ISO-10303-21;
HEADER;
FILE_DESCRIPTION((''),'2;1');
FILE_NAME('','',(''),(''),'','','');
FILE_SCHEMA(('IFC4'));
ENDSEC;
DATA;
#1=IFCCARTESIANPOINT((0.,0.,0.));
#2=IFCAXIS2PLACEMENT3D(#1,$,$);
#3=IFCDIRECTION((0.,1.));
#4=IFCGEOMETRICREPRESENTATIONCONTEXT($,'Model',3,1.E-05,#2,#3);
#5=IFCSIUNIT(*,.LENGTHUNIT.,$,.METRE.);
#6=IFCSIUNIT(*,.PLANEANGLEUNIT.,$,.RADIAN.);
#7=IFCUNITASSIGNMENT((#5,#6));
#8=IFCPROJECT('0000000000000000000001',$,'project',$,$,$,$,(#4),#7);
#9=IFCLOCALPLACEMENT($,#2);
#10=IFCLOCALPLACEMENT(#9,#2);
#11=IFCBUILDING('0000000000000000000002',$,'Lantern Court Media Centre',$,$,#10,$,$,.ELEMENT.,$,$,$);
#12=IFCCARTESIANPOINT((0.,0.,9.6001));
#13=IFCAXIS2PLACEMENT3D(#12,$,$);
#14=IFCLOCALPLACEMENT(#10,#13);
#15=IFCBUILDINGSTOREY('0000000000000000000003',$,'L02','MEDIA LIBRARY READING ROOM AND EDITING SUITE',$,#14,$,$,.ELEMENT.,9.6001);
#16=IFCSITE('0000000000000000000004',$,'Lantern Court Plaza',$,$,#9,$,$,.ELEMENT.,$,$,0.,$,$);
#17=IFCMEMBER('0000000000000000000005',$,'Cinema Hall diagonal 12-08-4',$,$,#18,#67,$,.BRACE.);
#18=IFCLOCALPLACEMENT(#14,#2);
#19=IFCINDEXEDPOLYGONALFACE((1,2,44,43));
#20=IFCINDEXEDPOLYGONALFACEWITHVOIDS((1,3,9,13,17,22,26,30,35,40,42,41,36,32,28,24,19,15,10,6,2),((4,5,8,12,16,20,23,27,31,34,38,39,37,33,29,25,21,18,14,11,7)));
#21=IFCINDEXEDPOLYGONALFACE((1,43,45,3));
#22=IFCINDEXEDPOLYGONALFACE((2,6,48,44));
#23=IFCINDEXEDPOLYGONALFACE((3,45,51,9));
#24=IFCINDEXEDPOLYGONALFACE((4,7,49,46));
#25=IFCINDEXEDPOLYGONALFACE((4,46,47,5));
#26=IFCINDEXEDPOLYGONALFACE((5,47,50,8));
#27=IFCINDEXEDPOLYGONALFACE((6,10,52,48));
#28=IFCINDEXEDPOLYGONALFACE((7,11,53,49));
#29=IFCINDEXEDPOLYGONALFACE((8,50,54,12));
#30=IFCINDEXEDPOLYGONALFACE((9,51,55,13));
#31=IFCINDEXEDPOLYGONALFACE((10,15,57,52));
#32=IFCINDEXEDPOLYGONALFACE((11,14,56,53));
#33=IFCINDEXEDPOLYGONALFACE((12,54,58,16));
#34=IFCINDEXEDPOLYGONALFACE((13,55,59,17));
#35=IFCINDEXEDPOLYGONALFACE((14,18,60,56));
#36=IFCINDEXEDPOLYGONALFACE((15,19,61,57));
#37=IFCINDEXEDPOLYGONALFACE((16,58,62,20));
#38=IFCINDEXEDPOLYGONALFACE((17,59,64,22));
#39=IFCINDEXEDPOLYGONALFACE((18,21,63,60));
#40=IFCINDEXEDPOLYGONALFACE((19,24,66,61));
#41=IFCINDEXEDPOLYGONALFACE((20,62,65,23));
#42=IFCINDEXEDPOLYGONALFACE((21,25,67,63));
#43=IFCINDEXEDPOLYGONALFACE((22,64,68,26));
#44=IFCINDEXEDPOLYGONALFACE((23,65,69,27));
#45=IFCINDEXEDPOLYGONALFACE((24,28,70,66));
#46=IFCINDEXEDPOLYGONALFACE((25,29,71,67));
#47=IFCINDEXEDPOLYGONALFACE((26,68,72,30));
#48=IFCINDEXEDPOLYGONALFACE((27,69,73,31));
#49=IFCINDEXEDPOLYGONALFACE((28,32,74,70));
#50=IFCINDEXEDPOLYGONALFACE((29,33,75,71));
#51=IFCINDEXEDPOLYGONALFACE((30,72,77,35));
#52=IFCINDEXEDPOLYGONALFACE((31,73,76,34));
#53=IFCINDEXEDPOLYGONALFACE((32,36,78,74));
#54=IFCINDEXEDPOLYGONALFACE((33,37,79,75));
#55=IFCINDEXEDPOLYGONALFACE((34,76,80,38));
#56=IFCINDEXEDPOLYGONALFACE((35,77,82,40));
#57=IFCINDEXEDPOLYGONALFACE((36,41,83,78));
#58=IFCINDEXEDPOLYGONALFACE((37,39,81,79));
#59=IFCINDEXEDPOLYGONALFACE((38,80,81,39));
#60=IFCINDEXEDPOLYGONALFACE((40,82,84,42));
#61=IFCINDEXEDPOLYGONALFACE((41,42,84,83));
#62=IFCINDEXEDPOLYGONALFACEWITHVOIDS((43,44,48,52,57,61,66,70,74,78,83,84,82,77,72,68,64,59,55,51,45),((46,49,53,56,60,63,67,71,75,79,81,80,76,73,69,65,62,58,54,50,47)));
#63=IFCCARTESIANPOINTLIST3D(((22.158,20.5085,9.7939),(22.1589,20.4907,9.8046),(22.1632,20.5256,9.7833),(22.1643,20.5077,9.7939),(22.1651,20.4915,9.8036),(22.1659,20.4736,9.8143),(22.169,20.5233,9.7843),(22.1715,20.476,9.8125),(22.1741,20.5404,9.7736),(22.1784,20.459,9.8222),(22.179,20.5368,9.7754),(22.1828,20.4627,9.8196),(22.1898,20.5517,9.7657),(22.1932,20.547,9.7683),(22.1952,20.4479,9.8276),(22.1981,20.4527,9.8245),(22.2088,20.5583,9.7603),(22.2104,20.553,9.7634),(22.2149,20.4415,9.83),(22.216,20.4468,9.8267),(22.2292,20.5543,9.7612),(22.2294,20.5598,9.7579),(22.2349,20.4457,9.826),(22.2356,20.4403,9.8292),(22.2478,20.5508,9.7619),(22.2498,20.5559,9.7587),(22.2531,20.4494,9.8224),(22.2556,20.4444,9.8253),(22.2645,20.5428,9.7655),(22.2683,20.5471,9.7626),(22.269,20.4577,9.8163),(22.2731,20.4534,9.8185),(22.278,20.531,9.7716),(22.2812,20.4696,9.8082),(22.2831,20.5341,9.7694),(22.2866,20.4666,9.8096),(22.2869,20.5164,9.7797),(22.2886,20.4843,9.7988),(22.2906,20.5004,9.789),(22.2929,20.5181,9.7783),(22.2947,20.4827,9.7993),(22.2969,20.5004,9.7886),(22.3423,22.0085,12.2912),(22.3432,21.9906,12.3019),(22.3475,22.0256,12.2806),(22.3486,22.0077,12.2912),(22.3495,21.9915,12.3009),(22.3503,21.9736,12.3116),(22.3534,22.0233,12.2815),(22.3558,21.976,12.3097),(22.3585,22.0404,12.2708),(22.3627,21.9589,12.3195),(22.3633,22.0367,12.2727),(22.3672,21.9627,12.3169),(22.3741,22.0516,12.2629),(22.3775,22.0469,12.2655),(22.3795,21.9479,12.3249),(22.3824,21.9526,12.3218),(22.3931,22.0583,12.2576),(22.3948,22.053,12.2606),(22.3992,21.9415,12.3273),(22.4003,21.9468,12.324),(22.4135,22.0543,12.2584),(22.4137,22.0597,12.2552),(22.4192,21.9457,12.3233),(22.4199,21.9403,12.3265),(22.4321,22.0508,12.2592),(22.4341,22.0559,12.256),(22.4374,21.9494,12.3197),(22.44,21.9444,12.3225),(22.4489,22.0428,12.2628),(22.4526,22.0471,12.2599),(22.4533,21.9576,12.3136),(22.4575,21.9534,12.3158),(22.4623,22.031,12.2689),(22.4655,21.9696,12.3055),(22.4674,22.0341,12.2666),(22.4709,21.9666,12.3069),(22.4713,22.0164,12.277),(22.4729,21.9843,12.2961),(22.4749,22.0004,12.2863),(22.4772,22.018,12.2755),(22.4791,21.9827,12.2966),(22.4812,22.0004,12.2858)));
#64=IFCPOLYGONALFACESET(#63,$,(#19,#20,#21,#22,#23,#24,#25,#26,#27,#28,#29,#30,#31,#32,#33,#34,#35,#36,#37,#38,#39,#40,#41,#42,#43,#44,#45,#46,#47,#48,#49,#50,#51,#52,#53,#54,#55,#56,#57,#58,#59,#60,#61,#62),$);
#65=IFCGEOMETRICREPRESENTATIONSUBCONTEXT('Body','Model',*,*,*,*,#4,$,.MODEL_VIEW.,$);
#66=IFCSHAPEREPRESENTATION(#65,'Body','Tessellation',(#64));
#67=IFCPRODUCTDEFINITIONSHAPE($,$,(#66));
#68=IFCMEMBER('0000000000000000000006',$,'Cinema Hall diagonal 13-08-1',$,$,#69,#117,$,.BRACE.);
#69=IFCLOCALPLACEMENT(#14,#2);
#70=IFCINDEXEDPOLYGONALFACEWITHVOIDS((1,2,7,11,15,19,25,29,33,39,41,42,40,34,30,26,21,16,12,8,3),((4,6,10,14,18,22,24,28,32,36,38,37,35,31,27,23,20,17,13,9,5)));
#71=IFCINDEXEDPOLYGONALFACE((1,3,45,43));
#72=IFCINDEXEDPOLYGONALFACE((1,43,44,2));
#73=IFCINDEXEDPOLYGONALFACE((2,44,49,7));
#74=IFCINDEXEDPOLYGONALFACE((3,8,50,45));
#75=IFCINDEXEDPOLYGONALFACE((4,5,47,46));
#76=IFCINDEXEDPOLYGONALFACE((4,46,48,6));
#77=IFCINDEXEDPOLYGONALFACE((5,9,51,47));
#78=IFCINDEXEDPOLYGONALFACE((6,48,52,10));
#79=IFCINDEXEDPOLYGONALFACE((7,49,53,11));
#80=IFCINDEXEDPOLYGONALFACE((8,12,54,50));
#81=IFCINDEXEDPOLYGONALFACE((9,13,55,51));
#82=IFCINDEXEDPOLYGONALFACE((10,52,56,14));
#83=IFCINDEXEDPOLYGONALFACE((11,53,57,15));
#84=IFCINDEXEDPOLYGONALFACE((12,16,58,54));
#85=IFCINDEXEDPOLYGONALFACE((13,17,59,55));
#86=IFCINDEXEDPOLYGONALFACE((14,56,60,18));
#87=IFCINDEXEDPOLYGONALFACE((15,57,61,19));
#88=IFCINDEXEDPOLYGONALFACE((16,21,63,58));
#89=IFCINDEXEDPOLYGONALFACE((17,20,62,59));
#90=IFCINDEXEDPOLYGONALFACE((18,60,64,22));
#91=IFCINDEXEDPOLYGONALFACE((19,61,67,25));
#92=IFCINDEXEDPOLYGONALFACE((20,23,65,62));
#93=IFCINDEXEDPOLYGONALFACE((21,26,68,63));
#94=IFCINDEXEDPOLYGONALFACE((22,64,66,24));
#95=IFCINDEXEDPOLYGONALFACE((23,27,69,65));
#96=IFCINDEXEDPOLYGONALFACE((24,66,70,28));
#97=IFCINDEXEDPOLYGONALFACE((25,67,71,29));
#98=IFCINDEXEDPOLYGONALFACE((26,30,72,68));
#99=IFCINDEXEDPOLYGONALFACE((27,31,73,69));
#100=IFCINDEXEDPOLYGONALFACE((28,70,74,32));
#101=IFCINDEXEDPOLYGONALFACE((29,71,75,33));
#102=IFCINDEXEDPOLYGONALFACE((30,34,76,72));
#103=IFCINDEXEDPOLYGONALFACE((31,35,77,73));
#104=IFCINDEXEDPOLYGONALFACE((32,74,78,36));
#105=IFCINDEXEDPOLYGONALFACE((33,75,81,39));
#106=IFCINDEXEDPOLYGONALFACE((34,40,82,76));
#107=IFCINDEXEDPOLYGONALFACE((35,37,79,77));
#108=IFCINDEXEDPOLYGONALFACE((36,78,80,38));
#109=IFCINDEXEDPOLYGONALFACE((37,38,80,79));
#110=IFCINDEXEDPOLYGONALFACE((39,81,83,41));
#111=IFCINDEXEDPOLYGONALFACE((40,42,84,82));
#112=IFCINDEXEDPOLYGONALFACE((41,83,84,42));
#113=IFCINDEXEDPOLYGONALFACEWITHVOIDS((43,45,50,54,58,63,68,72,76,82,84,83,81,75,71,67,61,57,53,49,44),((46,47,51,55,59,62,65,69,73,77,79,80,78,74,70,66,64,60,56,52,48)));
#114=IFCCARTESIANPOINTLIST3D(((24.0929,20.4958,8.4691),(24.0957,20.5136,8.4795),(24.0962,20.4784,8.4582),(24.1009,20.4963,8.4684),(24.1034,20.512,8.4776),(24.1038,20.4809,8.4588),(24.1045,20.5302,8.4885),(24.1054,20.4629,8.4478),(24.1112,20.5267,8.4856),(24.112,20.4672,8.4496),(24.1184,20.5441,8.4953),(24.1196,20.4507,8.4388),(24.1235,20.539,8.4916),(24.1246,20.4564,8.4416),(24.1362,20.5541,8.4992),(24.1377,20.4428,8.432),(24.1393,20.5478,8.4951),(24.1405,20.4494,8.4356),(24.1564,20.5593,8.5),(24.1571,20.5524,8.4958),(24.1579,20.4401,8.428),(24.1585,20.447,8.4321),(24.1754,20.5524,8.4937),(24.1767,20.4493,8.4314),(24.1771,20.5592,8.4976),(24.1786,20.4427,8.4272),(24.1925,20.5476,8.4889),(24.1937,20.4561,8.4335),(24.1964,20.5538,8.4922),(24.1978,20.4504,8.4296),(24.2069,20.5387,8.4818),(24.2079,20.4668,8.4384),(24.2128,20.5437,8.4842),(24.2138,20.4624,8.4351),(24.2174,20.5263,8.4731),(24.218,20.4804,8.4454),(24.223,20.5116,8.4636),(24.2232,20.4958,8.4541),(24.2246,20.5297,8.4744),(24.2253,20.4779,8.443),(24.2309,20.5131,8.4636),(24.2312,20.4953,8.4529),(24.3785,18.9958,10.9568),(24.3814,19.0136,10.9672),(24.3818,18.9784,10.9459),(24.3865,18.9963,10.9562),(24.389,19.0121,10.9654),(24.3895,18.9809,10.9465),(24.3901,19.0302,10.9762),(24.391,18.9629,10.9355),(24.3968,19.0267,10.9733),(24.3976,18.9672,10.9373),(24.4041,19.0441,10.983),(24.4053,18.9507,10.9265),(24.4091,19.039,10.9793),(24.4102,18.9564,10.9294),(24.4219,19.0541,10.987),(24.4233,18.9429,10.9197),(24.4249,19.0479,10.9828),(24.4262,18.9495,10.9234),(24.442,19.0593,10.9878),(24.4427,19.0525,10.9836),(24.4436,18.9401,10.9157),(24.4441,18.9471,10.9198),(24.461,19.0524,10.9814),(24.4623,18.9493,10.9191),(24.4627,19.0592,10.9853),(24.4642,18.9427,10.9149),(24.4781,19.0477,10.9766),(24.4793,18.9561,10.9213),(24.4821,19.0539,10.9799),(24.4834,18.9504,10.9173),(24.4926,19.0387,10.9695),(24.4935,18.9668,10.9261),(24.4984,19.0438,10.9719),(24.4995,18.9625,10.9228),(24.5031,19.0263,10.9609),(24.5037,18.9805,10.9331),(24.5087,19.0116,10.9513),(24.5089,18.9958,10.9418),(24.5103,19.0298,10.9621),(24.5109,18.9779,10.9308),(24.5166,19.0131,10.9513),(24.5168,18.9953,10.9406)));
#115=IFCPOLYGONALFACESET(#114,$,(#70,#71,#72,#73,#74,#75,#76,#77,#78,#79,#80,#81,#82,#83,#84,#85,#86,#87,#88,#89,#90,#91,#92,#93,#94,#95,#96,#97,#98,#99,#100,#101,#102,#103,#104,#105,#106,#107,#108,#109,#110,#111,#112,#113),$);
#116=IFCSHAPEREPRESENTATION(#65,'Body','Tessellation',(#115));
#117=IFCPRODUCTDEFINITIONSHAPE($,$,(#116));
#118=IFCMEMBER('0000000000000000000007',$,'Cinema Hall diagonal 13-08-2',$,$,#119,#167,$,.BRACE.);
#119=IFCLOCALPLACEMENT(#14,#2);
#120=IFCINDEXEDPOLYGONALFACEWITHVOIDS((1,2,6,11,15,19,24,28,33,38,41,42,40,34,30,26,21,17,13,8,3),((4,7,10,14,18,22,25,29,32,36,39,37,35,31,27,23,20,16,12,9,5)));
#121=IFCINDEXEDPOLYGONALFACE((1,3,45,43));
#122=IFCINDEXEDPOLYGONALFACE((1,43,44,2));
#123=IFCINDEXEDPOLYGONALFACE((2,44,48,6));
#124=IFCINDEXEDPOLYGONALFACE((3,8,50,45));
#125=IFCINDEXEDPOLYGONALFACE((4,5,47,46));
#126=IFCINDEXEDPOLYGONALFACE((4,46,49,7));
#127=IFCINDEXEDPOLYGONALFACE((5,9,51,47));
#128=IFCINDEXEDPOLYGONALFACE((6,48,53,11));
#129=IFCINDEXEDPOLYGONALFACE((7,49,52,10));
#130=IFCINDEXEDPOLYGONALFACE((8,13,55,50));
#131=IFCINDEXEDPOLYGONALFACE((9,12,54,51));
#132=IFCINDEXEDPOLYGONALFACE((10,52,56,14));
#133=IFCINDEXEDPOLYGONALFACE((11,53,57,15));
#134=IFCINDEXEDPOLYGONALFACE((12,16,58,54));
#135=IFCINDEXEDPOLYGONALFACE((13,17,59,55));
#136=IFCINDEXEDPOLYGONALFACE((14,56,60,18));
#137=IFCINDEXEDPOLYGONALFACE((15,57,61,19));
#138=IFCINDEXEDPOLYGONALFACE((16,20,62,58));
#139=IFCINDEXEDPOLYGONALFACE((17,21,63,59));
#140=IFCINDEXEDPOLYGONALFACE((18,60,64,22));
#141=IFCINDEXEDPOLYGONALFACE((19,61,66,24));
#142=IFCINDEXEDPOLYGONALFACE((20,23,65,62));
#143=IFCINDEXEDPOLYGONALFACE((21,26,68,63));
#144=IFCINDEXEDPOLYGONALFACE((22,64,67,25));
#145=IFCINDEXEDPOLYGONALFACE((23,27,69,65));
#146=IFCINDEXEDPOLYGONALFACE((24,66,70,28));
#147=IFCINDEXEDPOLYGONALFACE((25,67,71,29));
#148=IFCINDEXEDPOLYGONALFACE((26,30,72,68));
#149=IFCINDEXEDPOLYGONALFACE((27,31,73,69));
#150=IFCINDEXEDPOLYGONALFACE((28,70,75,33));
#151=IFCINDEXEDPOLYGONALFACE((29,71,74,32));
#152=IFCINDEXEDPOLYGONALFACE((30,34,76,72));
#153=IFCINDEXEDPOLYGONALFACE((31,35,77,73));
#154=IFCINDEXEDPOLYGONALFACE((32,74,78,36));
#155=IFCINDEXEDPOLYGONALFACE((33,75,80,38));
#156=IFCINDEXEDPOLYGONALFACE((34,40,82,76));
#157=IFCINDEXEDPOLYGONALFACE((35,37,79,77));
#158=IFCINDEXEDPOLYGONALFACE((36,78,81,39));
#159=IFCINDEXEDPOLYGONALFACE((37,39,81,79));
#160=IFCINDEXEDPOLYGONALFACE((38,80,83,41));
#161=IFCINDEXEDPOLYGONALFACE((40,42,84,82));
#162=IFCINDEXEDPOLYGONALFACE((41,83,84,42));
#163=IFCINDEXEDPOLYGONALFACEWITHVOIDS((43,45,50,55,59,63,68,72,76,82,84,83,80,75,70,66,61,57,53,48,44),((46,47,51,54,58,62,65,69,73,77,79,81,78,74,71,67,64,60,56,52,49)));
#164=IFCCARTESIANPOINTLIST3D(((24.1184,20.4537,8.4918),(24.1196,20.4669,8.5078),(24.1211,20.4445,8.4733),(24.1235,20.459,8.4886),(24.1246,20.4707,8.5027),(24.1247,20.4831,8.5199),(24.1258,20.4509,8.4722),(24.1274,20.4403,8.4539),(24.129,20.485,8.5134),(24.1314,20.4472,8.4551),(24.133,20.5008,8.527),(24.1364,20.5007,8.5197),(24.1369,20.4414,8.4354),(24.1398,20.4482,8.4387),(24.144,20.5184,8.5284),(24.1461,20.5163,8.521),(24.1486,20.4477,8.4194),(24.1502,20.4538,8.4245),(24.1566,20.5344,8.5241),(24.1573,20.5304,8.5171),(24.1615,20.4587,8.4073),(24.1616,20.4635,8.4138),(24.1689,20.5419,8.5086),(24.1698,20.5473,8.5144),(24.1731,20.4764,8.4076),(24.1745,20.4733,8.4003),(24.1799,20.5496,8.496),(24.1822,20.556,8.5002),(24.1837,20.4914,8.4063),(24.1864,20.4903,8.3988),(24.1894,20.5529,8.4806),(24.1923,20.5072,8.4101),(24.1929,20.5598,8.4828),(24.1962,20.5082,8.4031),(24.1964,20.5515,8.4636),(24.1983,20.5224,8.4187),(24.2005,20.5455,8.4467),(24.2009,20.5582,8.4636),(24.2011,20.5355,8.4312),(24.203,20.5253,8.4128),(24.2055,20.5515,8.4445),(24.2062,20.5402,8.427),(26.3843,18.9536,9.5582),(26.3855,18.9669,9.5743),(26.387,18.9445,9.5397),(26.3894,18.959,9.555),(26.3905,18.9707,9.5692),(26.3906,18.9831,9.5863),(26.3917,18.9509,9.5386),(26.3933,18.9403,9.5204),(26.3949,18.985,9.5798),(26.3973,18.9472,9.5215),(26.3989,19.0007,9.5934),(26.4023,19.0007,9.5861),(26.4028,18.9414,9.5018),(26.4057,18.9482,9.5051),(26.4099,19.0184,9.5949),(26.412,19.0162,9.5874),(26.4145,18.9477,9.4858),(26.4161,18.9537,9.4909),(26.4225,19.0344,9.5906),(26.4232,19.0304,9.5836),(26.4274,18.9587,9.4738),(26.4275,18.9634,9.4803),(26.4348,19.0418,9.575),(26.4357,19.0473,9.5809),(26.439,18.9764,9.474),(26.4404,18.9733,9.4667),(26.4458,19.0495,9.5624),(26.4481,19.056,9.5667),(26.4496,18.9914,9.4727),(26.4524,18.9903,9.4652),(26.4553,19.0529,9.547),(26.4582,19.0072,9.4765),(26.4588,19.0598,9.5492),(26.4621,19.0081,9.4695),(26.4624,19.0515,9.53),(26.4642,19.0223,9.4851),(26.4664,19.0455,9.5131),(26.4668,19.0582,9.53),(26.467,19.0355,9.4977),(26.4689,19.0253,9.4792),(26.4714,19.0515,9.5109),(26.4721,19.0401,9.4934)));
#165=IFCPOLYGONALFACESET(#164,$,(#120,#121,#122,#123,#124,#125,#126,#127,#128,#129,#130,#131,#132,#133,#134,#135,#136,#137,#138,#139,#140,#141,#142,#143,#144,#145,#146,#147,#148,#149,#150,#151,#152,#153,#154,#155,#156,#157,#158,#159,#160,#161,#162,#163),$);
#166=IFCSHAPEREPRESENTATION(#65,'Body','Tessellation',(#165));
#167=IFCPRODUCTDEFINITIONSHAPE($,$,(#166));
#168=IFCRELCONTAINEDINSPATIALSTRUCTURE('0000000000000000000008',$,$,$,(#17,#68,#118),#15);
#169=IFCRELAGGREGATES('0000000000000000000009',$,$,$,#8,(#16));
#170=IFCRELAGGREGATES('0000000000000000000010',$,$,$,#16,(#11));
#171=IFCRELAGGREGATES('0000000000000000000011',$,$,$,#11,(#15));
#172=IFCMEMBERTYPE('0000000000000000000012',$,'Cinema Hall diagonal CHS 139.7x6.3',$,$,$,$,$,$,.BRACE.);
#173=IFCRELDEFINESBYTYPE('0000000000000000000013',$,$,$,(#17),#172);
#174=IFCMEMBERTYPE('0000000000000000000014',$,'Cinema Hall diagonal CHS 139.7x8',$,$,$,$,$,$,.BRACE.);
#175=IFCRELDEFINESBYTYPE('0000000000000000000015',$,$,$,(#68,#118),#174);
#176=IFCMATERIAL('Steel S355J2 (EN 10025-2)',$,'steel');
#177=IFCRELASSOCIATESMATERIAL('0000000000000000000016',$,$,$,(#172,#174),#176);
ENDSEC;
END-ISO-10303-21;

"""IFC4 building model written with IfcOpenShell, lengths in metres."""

from ifc_helpers import new_model, si_unit, direction, frame, origin, origin_2d, place, context, subcontext, project, spatial, hollow_circle, extrude, material, material_profile, profile_set, type_object, element, save


model = new_model("IFC4")

# Units and contexts
model_context = context("Model", 3, precision=1e-05, world=origin(), true_north=direction((0.0, 1.0)))
body_context = subcontext(model_context, "Body", "Model", "MODEL_VIEW")
ifc_project = project(units=[si_unit("LENGTHUNIT", "METRE"), si_unit("PLANEANGLEUNIT", "RADIAN")], contexts=[model_context])

# Site, building, storey
site_placement = place(None, origin())
site = spatial("IfcSite", under=ifc_project, at=site_placement, Name="Lantern Court Plaza", CompositionType="ELEMENT", RefElevation=0.0)
building_placement = place(site_placement, origin())
building = spatial("IfcBuilding", under=site, at=building_placement, Name="Lantern Court Media Centre", CompositionType="ELEMENT")
storey_placement = place(building_placement, frame((0.0, 0.0, 9.6001)))
storey = spatial("IfcBuildingStorey", under=building, at=storey_placement, Name="L02", Description="MEDIA LIBRARY READING ROOM AND EDITING SUITE", CompositionType="ELEMENT", Elevation=9.6001)

# Members
ifc_material = material(Name="Steel S355J2 (EN 10025-2)", Category="steel")
ifc_material_profile_1 = material_profile(ifc_material, hollow_circle(Radius=0.0698, WallThickness=0.0063, at=origin_2d()), Name="Cinema Hall diagonal CHS 139.7x6.3")
ifc_profile_set_1 = profile_set([ifc_material_profile_1], Name="Steel S355J2 (EN 10025-2)")
member_type_1 = type_object("IfcMemberType", Name="Cinema Hall diagonal CHS 139.7x6.3", PredefinedType="BRACE", material=ifc_profile_set_1)
member_1_placement = place(storey_placement, frame((22.2273, 20.5, 9.7939), z_axis=(0.063147, 0.513875, 0.855538), x_axis=(-0.992534, 0.121967, 0.0)))
element("IfcMember", 1, at=member_1_placement, inside=storey, type_object=member_type_1, Name="Cinema Hall diagonal 12-08-4", PredefinedType="BRACE", context=body_context, shape_type="SweptSolid", body=[
    extrude(hollow_circle(Radius=0.0698, WallThickness=0.0063, at=origin_2d()), origin(), (0.0, 0.0, 1.0), 2.9189),
])
ifc_material_profile_2 = material_profile(ifc_material, hollow_circle(Radius=0.0698, WallThickness=0.0081, at=origin_2d()), Name="Cinema Hall diagonal CHS 139.7x8")
ifc_profile_set_2 = profile_set([ifc_material_profile_2], Name="Steel S355J2 (EN 10025-2)")
member_type_2 = type_object("IfcMemberType", Name="Cinema Hall diagonal CHS 139.7x8", PredefinedType="BRACE", material=ifc_profile_set_2)
member_2_placement = place(storey_placement, frame((24.1624, 20.5, 8.4636), z_axis=(0.097856, -0.51387, 0.852268), x_axis=(0.982347, 0.187068, 0.0)))
element("IfcMember", 2, at=member_2_placement, inside=storey, type_object=member_type_2, Name="Cinema Hall diagonal 13-08-1", PredefinedType="BRACE", context=body_context, shape_type="SweptSolid", body=[
    extrude(hollow_circle(Radius=0.0698, WallThickness=0.0081, at=origin_2d()), origin(), (0.0, 0.0, 1.0), 2.9189),
])
for number, where, z_axis, x_axis, name in (
    (3, (24.1624, 20.5, 8.4636), (0.776211, -0.51385, 0.365315), (0.552002, 0.833843, 0.0), "Cinema Hall diagonal 13-08-2"),
):
    element("IfcMember", number, at=place(storey_placement, frame(where, z_axis=z_axis, x_axis=x_axis)), inside=storey, type_object=member_type_2, Name=name, PredefinedType="BRACE", context=body_context, shape_type="SweptSolid", body=[
        extrude(hollow_circle(Radius=0.0698, WallThickness=0.0081, at=origin_2d()), origin(), (0.0, 0.0, 1.0), 2.9192),
    ])

save(model, "model.ifc")
